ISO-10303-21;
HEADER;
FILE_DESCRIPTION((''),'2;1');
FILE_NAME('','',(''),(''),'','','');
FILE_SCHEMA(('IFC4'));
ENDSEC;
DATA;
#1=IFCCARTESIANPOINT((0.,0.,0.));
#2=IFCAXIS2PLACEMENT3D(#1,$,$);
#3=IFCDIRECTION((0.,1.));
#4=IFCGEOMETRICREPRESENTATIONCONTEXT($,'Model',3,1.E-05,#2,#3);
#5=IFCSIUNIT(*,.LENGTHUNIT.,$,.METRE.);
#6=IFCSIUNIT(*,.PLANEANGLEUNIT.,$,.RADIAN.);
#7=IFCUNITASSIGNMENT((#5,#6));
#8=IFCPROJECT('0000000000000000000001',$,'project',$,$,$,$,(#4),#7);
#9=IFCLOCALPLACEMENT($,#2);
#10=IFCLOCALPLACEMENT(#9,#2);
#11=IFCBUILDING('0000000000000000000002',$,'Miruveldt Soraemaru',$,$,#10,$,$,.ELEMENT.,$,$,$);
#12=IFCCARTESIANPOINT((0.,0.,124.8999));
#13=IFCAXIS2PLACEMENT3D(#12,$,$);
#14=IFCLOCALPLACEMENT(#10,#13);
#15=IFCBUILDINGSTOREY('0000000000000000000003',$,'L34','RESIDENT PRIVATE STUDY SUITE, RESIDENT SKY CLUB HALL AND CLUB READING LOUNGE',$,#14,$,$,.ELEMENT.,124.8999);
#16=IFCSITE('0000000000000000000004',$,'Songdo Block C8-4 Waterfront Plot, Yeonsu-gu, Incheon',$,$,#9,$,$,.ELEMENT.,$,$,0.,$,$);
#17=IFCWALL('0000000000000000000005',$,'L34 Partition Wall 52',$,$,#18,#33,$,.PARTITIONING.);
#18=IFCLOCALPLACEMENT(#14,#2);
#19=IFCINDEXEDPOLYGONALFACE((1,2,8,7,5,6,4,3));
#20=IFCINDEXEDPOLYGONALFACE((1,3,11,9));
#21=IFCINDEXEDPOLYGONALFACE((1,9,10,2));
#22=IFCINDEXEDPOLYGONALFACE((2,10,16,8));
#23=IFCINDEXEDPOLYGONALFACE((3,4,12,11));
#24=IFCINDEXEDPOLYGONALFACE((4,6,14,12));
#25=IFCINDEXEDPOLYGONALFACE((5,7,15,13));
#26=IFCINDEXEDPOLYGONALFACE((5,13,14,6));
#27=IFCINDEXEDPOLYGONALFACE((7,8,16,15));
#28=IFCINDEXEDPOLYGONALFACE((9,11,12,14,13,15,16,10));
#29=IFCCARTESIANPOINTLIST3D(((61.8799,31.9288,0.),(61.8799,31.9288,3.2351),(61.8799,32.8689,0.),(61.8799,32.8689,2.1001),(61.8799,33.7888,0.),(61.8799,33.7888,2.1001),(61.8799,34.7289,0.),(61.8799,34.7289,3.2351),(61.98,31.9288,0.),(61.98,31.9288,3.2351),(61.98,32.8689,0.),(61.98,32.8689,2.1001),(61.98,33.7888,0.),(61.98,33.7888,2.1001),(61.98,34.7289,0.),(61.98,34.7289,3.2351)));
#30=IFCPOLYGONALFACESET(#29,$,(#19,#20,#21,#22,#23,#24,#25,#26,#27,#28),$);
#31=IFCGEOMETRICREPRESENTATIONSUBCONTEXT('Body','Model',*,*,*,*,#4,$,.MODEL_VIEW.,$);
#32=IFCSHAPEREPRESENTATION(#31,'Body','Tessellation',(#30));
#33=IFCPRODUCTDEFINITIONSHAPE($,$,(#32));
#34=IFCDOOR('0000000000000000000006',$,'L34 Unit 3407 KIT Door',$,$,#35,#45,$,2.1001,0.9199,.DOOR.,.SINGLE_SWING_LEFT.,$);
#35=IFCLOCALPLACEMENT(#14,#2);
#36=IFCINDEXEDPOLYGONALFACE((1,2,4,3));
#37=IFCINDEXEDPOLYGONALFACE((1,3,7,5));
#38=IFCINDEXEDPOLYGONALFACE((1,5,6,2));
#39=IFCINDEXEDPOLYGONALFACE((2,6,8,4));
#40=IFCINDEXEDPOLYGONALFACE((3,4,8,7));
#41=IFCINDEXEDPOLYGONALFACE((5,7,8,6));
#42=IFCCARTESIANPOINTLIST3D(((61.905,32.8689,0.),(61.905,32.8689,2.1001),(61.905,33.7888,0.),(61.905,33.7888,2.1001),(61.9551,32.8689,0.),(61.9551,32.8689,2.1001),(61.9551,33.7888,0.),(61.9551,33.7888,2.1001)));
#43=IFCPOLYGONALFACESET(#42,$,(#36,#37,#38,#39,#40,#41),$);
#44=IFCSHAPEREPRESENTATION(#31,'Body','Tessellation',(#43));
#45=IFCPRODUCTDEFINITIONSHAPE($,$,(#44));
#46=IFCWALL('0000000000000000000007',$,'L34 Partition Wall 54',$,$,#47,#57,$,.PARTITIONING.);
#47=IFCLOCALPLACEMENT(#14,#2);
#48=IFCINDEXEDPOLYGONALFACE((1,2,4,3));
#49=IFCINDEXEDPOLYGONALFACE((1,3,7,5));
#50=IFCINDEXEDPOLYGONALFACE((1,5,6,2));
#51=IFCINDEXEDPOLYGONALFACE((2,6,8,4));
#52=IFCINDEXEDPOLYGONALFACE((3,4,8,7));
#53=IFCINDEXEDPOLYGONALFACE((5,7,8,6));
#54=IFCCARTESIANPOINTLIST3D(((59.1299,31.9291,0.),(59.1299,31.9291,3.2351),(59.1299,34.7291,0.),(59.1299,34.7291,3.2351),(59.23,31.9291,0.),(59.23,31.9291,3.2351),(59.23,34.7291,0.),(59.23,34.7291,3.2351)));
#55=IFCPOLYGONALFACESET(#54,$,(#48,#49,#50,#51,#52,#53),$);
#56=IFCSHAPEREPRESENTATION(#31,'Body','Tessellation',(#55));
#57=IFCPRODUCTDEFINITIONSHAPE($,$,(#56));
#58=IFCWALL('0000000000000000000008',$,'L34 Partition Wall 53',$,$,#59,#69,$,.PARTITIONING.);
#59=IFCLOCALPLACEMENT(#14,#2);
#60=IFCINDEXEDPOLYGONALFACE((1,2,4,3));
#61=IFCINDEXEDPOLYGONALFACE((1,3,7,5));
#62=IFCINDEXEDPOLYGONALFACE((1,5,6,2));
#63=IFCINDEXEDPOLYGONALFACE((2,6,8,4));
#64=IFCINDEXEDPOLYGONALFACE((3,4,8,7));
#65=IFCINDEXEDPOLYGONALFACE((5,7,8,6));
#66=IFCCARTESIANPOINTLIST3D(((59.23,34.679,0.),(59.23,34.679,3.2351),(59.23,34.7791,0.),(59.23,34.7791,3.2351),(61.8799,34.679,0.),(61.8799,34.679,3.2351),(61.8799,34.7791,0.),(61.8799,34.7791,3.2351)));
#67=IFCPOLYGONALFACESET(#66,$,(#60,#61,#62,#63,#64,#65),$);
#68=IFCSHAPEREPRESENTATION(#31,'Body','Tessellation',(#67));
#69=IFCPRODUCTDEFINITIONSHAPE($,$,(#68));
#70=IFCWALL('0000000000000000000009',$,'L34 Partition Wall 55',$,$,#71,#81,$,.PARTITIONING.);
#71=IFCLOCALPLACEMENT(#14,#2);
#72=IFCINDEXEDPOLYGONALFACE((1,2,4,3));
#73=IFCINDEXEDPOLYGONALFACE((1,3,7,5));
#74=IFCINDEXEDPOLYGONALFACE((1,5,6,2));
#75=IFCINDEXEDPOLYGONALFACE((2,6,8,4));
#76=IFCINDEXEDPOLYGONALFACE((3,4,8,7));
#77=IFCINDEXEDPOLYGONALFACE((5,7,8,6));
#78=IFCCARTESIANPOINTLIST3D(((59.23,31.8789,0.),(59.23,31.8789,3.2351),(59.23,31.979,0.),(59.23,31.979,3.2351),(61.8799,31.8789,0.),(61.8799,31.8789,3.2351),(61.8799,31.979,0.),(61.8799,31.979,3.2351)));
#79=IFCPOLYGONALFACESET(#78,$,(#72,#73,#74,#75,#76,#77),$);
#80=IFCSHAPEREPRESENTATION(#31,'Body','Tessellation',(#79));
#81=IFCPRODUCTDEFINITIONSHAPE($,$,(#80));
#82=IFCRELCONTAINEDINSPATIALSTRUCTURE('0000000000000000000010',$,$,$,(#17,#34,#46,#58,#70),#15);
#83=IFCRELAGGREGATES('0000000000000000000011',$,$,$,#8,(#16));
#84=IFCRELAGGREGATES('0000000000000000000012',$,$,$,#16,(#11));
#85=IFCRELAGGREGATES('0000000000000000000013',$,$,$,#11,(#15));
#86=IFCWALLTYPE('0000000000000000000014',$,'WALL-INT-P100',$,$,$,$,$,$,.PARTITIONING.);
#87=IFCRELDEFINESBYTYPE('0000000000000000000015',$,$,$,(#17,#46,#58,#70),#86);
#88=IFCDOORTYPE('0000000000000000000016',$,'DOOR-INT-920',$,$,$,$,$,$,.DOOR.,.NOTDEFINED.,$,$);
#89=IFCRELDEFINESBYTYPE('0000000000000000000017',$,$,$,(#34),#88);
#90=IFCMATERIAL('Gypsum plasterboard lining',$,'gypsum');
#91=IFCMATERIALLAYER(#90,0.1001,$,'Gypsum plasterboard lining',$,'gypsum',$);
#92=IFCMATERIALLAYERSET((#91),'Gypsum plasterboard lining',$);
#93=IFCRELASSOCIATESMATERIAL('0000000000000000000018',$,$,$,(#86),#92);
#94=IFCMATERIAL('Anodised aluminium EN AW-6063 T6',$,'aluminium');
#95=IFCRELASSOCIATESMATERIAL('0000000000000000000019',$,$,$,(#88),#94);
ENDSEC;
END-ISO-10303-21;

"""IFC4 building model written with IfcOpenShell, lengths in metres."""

from ifc_helpers import new_model, si_unit, direction, frame, frame_2d, origin, place, context, subcontext, project, spatial, rectangle, extrude, material, layer, layer_set, type_object, element, fill, save


model = new_model("IFC4")

# Units and contexts
model_context = context("Model", 3, precision=1e-05, world=origin(), true_north=direction((0.0, 1.0)))
body_context = subcontext(model_context, "Body", "Model", "MODEL_VIEW")
ifc_project = project(units=[si_unit("LENGTHUNIT", "METRE"), si_unit("PLANEANGLEUNIT", "RADIAN")], contexts=[model_context])

# Site, building, storey
site_placement = place(None, origin())
site = spatial("IfcSite", under=ifc_project, at=site_placement, Name="Songdo Block C8-4 Waterfront Plot, Yeonsu-gu, Incheon", CompositionType="ELEMENT", RefElevation=0.0)
building_placement = place(site_placement, origin())
building = spatial("IfcBuilding", under=site, at=building_placement, Name="Miruveldt Soraemaru", CompositionType="ELEMENT")
storey_placement = place(building_placement, frame((0.0, 0.0, 124.8999)))
storey = spatial("IfcBuildingStorey", under=building, at=storey_placement, Name="L34", Description="RESIDENT PRIVATE STUDY SUITE, RESIDENT SKY CLUB HALL AND CLUB READING LOUNGE", CompositionType="ELEMENT", Elevation=124.8999)

# Wall, opening, door
ifc_material_1 = material(Name="Gypsum plasterboard lining", Category="gypsum")
ifc_layer_1 = layer(ifc_material_1, 0.1001, Name="Gypsum plasterboard lining", Category="gypsum")
ifc_layer_set_1 = layer_set([ifc_layer_1], Name="Gypsum plasterboard lining")
wall_type_1 = type_object("IfcWallType", Name="WALL-INT-P100", PredefinedType="PARTITIONING", material=ifc_layer_set_1)
wall_1_placement = place(storey_placement, frame((61.9299, 31.929, 0.0), z_axis=(0.0, 0.0, 1.0), x_axis=(0.0, 1.0, 0.0)))
wall_1 = element("IfcWall", 1, at=wall_1_placement, inside=storey, type_object=wall_type_1, Name="L34 Partition Wall 52", PredefinedType="PARTITIONING", context=body_context, shape_type="SweptSolid", body=[
    extrude(rectangle(XDim=2.8, YDim=0.1001, at=frame_2d((1.3999, 0.0))), origin(), (0.0, 0.0, 1.0), 3.2351),
])
opening_1_placement = place(wall_1_placement, frame((0.9399, 0.0, 0.0)))
opening_1 = element("IfcOpeningElement", 2, at=opening_1_placement, cuts=wall_1, PredefinedType="OPENING", context=body_context, shape_type="SweptSolid", body=[
    extrude(rectangle(XDim=0.9199, YDim=2.1001, at=frame_2d((0.46, 1.05))), frame((0.0, 0.0601, 0.0), z_axis=(0.0, -1.0, 0.0), x_axis=(1.0, 0.0, 0.0)), (0.0, 0.0, 1.0), 0.1201),
])
ifc_material_2 = material(Name="Anodised aluminium EN AW-6063 T6", Category="aluminium")
door_type = type_object("IfcDoorType", Name="DOOR-INT-920", OperationType="NOTDEFINED", PredefinedType="DOOR", material=ifc_material_2)
door_placement = place(opening_1_placement, origin())
door = element("IfcDoor", 3, at=door_placement, inside=storey, type_object=door_type, Name="L34 Unit 3407 KIT Door", OperationType="SINGLE_SWING_LEFT", OverallHeight=2.1001, OverallWidth=0.9199, PredefinedType="DOOR", context=body_context, shape_type="SweptSolid", body=[
    extrude(rectangle(XDim=0.9199, YDim=2.1001, at=frame_2d((0.46, 1.05))), frame((0.0, 0.0249, 0.0), z_axis=(0.0, -1.0, 0.0), x_axis=(1.0, 0.0, 0.0)), (0.0, 0.0, 1.0), 0.05),
])
fill(opening_1, door)

# Walls
wall_2_placement = place(storey_placement, frame((59.1799, 34.729, 0.0), z_axis=(0.0, 0.0, 1.0), x_axis=(0.0, -1.0, 0.0)))
element("IfcWall", 4, at=wall_2_placement, inside=storey, type_object=wall_type_1, Name="L34 Partition Wall 54", PredefinedType="PARTITIONING", context=body_context, shape_type="SweptSolid", body=[
    extrude(rectangle(XDim=2.8, YDim=0.1001, at=frame_2d((1.3999, 0.0))), origin(), (0.0, 0.0, 1.0), 3.2351),
])
for number, where, z_axis, x_axis, name in (
    (5, (61.8799, 34.729, 0.0), (0.0, 0.0, 1.0), (-1.0, 0.0, 0.0), "L34 Partition Wall 53"),
    (6, (59.23, 31.929, 0.0), (0.0, 0.0, 1.0), (1.0, 0.0, 0.0), "L34 Partition Wall 55"),
):
    element("IfcWall", number, at=place(storey_placement, frame(where, z_axis=z_axis, x_axis=x_axis)), inside=storey, type_object=wall_type_1, Name=name, PredefinedType="PARTITIONING", context=body_context, shape_type="SweptSolid", body=[
        extrude(rectangle(XDim=2.6499, YDim=0.1001, at=frame_2d((1.325, 0.0))), origin(), (0.0, 0.0, 1.0), 3.2351),
    ])

save(model, "model.ifc")
